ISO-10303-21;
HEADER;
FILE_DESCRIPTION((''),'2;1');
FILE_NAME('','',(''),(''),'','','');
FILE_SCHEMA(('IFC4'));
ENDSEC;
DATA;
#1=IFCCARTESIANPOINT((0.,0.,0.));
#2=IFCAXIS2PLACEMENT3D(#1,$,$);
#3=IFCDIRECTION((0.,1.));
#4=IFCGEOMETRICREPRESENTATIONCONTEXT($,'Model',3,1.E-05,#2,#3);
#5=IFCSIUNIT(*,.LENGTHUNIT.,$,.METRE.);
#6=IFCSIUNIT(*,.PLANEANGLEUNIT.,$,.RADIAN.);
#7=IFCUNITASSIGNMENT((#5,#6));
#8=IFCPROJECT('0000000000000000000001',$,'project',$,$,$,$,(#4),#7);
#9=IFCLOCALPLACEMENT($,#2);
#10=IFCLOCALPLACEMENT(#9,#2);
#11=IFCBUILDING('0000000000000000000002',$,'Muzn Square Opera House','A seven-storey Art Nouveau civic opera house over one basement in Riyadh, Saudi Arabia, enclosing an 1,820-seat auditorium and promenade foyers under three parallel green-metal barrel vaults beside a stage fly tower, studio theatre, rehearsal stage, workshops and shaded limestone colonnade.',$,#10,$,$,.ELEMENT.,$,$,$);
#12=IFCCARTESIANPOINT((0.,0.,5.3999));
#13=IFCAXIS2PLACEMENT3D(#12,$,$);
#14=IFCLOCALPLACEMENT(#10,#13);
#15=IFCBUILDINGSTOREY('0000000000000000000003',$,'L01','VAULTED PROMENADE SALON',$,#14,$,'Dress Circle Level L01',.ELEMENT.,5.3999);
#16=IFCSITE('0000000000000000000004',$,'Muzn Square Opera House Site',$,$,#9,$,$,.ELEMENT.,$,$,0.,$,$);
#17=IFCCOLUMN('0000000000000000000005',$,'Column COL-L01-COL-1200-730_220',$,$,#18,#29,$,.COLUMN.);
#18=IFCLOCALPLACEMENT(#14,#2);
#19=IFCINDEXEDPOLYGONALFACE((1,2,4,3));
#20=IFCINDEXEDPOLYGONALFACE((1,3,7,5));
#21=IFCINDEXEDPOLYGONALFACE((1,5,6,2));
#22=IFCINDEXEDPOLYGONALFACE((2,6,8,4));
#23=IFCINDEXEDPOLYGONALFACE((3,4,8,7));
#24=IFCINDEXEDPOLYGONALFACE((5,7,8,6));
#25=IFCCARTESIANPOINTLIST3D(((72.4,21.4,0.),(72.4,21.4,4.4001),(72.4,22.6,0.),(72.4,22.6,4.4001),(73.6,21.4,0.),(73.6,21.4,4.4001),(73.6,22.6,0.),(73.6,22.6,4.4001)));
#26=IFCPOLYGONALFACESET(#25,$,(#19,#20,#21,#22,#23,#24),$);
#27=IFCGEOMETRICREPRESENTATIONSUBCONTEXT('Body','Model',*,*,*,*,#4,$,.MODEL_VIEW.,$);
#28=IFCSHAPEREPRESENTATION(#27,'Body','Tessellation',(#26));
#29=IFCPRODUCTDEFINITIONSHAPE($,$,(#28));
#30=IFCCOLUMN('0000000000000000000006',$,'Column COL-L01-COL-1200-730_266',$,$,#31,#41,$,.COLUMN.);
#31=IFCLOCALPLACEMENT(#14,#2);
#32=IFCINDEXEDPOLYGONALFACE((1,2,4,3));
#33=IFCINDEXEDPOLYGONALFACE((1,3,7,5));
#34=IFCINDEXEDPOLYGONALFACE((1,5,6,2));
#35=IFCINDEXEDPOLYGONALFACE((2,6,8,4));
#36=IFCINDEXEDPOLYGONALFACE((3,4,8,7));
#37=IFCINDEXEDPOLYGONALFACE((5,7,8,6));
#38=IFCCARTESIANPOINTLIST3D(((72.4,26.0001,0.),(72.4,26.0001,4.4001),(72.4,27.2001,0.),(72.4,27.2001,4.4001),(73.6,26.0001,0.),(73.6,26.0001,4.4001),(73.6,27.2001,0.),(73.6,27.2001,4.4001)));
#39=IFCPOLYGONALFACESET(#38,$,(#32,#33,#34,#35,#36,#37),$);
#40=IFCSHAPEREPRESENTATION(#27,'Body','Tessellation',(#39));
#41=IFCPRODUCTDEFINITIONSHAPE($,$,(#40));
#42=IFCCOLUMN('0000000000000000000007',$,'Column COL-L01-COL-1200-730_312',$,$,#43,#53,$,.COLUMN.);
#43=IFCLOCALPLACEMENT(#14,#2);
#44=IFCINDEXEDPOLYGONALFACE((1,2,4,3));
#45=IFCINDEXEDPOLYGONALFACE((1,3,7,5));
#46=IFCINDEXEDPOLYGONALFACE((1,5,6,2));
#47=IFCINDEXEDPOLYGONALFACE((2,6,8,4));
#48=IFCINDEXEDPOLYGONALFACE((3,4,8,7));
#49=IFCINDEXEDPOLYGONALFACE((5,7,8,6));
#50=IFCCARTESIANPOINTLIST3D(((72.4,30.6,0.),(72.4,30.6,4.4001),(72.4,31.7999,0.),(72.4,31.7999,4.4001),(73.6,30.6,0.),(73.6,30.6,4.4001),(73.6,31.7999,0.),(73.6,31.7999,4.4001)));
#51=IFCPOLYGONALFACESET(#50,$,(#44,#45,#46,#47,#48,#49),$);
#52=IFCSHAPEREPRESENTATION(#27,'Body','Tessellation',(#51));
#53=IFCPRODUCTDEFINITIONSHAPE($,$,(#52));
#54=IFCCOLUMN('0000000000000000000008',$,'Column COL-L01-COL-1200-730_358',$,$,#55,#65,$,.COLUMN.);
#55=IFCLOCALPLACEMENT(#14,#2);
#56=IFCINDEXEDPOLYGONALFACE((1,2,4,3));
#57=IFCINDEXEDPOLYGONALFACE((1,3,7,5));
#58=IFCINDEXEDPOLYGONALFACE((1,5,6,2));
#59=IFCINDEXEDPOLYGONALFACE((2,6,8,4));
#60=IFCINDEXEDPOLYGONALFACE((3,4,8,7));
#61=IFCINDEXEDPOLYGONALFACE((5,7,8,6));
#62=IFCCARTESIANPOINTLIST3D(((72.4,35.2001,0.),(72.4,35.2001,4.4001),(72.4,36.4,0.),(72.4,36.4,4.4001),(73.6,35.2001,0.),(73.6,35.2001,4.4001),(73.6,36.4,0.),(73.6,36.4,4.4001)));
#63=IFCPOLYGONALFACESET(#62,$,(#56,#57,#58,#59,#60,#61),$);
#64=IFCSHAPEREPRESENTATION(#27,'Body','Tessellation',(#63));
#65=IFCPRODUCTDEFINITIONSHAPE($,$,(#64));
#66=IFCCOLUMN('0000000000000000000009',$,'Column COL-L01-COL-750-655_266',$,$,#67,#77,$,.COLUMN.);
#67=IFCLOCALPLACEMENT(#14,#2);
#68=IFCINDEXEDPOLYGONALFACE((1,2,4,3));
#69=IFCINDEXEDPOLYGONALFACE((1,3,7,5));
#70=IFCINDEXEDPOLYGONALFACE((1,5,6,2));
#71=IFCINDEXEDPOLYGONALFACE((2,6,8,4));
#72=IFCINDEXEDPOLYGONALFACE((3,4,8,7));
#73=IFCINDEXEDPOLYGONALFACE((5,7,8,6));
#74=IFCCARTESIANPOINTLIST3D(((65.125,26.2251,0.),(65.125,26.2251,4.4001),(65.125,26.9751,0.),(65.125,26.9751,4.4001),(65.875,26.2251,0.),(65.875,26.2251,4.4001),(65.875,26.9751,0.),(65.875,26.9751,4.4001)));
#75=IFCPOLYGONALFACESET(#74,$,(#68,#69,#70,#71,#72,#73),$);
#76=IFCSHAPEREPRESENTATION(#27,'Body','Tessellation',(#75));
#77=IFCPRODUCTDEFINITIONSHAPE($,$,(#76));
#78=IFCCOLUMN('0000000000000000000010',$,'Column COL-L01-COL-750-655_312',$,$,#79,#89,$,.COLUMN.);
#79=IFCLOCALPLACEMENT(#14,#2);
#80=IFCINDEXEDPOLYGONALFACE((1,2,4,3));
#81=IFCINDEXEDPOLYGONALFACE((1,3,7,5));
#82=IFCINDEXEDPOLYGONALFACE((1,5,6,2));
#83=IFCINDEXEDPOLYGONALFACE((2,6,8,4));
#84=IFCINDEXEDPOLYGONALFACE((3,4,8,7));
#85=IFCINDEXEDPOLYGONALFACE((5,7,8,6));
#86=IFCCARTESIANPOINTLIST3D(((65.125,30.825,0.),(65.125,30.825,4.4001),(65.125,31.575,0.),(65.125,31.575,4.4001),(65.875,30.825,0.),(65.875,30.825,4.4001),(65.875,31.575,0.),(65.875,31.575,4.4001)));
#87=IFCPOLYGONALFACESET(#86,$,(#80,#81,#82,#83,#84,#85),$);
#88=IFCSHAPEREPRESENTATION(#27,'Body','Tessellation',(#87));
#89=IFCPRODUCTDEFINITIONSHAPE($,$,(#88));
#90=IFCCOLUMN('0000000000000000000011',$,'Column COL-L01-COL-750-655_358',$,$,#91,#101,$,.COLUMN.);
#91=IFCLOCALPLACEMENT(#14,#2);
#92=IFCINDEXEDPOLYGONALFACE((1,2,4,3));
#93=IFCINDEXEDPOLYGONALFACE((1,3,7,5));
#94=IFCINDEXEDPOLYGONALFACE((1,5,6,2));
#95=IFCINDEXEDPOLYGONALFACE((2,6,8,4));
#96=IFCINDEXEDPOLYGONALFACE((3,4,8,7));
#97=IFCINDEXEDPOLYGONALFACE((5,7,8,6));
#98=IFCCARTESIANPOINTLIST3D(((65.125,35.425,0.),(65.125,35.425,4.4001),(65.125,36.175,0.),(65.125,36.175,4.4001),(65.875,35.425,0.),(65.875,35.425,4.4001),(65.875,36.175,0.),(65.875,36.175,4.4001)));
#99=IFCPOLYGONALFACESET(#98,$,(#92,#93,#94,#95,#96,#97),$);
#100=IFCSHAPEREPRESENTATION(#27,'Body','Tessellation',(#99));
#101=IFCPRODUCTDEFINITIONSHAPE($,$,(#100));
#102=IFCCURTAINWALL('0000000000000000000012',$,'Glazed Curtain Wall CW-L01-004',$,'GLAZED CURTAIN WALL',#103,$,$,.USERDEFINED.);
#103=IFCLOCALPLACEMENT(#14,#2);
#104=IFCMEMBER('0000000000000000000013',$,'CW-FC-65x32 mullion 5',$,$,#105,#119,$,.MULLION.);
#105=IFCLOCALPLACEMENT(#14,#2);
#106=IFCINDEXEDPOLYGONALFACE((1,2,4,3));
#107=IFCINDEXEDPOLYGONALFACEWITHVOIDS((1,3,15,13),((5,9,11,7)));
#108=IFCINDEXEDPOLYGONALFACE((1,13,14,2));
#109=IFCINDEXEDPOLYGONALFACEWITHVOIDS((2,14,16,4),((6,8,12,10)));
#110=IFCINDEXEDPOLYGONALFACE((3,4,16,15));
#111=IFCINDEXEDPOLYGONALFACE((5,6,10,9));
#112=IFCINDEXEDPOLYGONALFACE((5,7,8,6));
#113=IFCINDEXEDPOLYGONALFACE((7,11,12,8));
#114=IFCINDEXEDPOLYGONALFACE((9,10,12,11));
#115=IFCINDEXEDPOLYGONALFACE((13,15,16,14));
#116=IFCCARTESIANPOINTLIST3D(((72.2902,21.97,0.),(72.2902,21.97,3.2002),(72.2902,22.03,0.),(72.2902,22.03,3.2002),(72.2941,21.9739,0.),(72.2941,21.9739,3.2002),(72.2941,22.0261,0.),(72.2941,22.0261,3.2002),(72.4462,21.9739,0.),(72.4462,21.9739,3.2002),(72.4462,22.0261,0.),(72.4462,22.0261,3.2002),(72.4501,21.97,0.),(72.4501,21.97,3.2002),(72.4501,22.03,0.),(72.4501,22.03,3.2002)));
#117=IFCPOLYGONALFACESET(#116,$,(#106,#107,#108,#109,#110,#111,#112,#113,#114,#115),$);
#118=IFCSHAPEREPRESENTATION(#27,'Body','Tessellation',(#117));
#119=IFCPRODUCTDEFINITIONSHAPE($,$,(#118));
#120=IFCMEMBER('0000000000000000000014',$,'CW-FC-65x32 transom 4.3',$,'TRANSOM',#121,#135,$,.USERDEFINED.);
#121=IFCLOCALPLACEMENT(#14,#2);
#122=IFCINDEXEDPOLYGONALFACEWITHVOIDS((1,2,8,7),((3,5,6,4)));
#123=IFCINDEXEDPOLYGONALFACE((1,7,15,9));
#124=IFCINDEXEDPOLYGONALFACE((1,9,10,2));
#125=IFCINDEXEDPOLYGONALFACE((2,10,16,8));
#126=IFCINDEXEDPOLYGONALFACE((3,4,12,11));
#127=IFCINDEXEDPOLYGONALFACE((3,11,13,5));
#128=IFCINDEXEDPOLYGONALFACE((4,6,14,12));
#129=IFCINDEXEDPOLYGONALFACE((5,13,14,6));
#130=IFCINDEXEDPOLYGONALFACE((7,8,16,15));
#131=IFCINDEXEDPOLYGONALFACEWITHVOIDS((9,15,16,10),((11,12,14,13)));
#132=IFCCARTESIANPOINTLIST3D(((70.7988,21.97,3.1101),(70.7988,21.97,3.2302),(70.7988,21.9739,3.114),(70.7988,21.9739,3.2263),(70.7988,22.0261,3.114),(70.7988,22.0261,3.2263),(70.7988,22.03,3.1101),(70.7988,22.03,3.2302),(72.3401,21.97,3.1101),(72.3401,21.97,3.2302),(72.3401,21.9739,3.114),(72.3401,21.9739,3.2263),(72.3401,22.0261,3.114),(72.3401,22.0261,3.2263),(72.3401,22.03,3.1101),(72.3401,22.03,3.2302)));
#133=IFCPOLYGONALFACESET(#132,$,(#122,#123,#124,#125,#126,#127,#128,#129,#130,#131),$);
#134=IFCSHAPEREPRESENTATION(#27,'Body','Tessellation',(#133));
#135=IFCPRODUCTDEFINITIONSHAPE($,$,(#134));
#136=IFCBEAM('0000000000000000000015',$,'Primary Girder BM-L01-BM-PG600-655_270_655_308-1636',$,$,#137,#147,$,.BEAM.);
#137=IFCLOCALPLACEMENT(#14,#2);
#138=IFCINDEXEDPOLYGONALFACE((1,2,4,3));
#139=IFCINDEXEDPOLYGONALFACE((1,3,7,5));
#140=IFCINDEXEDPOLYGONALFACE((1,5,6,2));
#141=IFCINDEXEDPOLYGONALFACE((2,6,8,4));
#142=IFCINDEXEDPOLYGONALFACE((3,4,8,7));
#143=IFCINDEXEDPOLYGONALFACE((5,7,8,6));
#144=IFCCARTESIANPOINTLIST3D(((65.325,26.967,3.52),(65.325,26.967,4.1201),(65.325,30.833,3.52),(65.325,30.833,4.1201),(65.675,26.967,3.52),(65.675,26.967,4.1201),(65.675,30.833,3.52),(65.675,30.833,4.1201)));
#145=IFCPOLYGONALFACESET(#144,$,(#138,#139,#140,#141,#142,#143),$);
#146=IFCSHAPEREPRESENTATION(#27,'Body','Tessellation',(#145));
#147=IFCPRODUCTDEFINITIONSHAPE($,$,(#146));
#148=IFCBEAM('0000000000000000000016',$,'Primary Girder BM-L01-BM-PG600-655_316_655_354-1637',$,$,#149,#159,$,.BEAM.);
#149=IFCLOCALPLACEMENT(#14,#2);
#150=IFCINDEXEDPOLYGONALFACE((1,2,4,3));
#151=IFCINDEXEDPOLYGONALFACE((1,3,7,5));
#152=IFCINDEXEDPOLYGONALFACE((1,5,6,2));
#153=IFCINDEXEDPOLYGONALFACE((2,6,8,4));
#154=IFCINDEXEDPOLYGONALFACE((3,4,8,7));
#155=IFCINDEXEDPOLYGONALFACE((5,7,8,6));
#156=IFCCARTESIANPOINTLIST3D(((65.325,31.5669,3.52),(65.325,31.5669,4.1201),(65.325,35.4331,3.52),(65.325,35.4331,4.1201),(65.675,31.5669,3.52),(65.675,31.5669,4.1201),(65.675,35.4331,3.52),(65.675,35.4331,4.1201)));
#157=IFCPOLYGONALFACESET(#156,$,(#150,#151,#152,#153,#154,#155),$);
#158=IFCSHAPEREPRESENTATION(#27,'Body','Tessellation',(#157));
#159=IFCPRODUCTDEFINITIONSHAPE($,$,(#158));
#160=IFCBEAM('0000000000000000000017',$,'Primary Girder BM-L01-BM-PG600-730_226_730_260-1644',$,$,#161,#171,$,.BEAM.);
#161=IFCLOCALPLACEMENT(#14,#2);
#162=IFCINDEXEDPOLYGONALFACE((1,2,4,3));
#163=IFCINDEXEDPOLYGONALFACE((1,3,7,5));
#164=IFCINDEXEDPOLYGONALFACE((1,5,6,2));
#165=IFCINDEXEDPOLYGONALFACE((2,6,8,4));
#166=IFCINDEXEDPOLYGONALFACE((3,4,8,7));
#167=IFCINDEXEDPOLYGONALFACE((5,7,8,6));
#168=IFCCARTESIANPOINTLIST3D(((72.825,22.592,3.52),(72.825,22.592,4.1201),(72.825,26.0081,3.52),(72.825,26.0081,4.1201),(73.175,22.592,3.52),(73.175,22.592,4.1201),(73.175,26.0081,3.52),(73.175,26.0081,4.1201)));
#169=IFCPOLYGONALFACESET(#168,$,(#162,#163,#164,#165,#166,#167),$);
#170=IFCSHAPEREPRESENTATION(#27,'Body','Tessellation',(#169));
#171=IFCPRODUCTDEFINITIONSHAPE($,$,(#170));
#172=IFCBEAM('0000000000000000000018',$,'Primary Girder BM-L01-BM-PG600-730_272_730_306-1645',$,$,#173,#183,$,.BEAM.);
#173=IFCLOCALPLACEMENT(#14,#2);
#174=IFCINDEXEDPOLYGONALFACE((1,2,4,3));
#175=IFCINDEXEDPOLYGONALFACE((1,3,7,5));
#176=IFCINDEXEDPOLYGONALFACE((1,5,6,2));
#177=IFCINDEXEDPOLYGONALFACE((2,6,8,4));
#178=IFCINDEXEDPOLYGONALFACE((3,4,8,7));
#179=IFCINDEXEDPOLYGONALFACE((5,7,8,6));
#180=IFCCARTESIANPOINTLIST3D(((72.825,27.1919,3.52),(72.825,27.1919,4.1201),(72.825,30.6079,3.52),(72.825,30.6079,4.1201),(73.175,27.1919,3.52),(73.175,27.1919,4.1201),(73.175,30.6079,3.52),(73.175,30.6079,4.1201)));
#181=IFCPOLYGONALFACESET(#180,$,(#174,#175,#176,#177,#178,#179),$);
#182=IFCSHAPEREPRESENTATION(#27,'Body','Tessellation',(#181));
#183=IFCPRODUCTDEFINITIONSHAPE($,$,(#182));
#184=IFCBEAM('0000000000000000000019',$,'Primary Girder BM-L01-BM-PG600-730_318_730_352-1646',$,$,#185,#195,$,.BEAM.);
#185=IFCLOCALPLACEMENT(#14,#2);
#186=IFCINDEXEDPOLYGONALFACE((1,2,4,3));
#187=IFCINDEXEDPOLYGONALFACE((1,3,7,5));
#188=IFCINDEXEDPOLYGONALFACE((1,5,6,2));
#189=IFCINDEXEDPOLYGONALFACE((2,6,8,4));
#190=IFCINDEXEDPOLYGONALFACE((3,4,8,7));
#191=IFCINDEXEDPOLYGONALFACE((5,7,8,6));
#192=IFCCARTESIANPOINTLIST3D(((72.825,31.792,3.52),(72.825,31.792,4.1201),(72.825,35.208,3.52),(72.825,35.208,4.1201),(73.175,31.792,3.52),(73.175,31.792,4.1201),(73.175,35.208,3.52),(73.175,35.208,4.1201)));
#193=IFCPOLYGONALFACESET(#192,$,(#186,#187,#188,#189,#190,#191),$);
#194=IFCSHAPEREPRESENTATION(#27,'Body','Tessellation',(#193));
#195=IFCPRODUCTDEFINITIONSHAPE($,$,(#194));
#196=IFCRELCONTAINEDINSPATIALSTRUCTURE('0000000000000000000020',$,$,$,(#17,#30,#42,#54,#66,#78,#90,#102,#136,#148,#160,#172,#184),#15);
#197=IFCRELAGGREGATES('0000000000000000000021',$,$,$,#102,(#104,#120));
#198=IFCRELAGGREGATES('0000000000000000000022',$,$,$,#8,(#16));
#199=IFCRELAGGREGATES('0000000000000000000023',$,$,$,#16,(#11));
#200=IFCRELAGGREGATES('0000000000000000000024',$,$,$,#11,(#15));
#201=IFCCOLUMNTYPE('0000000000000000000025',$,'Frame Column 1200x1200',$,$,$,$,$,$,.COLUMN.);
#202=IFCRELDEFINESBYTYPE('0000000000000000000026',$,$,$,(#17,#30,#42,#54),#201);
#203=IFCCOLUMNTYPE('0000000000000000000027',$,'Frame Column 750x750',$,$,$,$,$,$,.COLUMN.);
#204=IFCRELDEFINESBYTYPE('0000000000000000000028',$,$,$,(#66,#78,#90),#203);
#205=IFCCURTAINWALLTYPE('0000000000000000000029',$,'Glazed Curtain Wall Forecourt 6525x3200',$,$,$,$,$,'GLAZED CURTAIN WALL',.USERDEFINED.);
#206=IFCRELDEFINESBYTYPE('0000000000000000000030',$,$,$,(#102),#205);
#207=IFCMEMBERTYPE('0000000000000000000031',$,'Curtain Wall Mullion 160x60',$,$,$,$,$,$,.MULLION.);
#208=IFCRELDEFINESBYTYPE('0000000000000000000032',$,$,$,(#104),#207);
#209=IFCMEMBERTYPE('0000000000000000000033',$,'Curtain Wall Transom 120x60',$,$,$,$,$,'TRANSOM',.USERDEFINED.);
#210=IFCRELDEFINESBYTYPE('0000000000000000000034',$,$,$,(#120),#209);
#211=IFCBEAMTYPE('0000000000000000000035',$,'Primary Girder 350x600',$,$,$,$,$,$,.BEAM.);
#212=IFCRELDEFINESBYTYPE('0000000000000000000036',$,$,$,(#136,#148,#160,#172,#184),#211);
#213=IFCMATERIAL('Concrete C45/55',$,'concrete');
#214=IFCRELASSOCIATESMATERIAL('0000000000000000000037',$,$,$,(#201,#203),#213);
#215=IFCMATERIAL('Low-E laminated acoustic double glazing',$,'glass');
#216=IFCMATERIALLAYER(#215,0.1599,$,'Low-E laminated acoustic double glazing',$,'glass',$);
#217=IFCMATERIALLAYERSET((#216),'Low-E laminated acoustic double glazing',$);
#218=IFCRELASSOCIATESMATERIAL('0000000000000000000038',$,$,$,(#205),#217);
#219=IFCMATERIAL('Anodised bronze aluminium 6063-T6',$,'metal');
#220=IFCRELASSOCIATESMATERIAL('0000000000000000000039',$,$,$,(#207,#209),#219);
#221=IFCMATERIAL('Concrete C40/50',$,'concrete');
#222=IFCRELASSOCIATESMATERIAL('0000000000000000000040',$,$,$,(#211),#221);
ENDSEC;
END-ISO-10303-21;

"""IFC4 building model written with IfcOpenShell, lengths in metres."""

from ifc_helpers import new_model, si_unit, direction, frame, origin, origin_2d, place, context, subcontext, project, spatial, rectangle, hollow_rectangle, extrude, material, layer, layer_set, material_profile, profile_set, type_object, element, aggregate, save


model = new_model("IFC4")

# Units and contexts
model_context = context("Model", 3, precision=1e-05, world=origin(), true_north=direction((0.0, 1.0)))
body_context = subcontext(model_context, "Body", "Model", "MODEL_VIEW")
ifc_project = project(units=[si_unit("LENGTHUNIT", "METRE"), si_unit("PLANEANGLEUNIT", "RADIAN")], contexts=[model_context])

# Site, building, storey
site_placement = place(None, origin())
site = spatial("IfcSite", under=ifc_project, at=site_placement, Name="Muzn Square Opera House Site", CompositionType="ELEMENT", RefElevation=0.0)
building_placement = place(site_placement, origin())
building = spatial("IfcBuilding", under=site, at=building_placement, Name="Muzn Square Opera House", Description="A seven-storey Art Nouveau civic opera house over one basement in Riyadh, Saudi Arabia, enclosing an 1,820-seat auditorium and promenade foyers under three parallel green-metal barrel vaults beside a stage fly tower, studio theatre, rehearsal stage, workshops and shaded limestone colonnade.", CompositionType="ELEMENT")
storey_placement = place(building_placement, frame((0.0, 0.0, 5.3999)))
storey = spatial("IfcBuildingStorey", under=building, at=storey_placement, Name="L01", Description="VAULTED PROMENADE SALON", LongName="Dress Circle Level L01", CompositionType="ELEMENT", Elevation=5.3999)

# Columns
ifc_material_1 = material(Name="Concrete C45/55", Category="concrete")
ifc_material_profile_1 = material_profile(ifc_material_1, rectangle(XDim=1.2, YDim=1.2, at=origin_2d()), Name="RC 1200x1200", Category="concrete")
ifc_profile_set_1 = profile_set([ifc_material_profile_1], Name="Concrete C45/55")
column_type_1 = type_object("IfcColumnType", Name="Frame Column 1200x1200", PredefinedType="COLUMN", material=ifc_profile_set_1)
for number, where, z_axis, x_axis, name in (
    (1, (73.0, 22.0, 0.0), (0.0, 0.0, 1.0), (1.0, 0.0, 0.0), "Column COL-L01-COL-1200-730_220"),
    (2, (73.0, 26.6001, 0.0), (0.0, 0.0, 1.0), (1.0, 0.0, 0.0), "Column COL-L01-COL-1200-730_266"),
    (3, (73.0, 31.2, 0.0), (0.0, 0.0, 1.0), (1.0, 0.0, 0.0), "Column COL-L01-COL-1200-730_312"),
    (4, (73.0, 35.8, 0.0), (0.0, 0.0, 1.0), (1.0, 0.0, 0.0), "Column COL-L01-COL-1200-730_358"),
):
    element("IfcColumn", number, at=place(storey_placement, frame(where, z_axis=z_axis, x_axis=x_axis)), inside=storey, type_object=column_type_1, Name=name, PredefinedType="COLUMN", context=body_context, shape_type="SweptSolid", body=[
        extrude(rectangle(XDim=1.2, YDim=1.2, at=origin_2d()), origin(), (0.0, 0.0, 1.0), 4.4001),
    ])
ifc_material_profile_2 = material_profile(ifc_material_1, rectangle(XDim=0.75, YDim=0.75, at=origin_2d()), Name="RC 750x750", Category="concrete")
ifc_profile_set_2 = profile_set([ifc_material_profile_2], Name="Concrete C45/55")
column_type_2 = type_object("IfcColumnType", Name="Frame Column 750x750", PredefinedType="COLUMN", material=ifc_profile_set_2)
for number, where, z_axis, x_axis, name in (
    (5, (65.5, 26.6001, 0.0), (0.0, 0.0, 1.0), (1.0, 0.0, 0.0), "Column COL-L01-COL-750-655_266"),
    (6, (65.5, 31.2, 0.0), (0.0, 0.0, 1.0), (1.0, 0.0, 0.0), "Column COL-L01-COL-750-655_312"),
    (7, (65.5, 35.8, 0.0), (0.0, 0.0, 1.0), (1.0, 0.0, 0.0), "Column COL-L01-COL-750-655_358"),
):
    element("IfcColumn", number, at=place(storey_placement, frame(where, z_axis=z_axis, x_axis=x_axis)), inside=storey, type_object=column_type_2, Name=name, PredefinedType="COLUMN", context=body_context, shape_type="SweptSolid", body=[
        extrude(rectangle(XDim=0.75, YDim=0.75, at=origin_2d()), origin(), (0.0, 0.0, 1.0), 4.4001),
    ])

# Curtain wall, members
ifc_material_2 = material(Name="Low-E laminated acoustic double glazing", Category="glass")
ifc_layer_1 = layer(ifc_material_2, 0.1599, Name="Low-E laminated acoustic double glazing", Category="glass")
ifc_layer_set_1 = layer_set([ifc_layer_1], Name="Low-E laminated acoustic double glazing")
curtain_wall_type = type_object("IfcCurtainWallType", Name="Glazed Curtain Wall Forecourt 6525x3200", ElementType="GLAZED CURTAIN WALL", PredefinedType="USERDEFINED", material=ifc_layer_set_1)
curtain_wall_placement = place(storey_placement, origin())
curtain_wall = element("IfcCurtainWall", 8, at=curtain_wall_placement, inside=storey, type_object=curtain_wall_type, Name="Glazed Curtain Wall CW-L01-004", ObjectType="GLAZED CURTAIN WALL", PredefinedType="USERDEFINED")
ifc_material_3 = material(Name="Anodised bronze aluminium 6063-T6", Category="metal")
ifc_material_profile_3 = material_profile(ifc_material_3, hollow_rectangle(XDim=0.0601, YDim=0.1599, WallThickness=0.0039, at=origin_2d()), Name="ALU 160x60x4", Category="metal")
ifc_profile_set_3 = profile_set([ifc_material_profile_3], Name="Anodised bronze aluminium 6063-T6")
member_type_1 = type_object("IfcMemberType", Name="Curtain Wall Mullion 160x60", PredefinedType="MULLION", material=ifc_profile_set_3)
member_1_placement = place(storey_placement, frame((72.3701, 22.0, 0.0), z_axis=(0.0, 0.0, 1.0), x_axis=(0.0, 1.0, 0.0)))
member_1 = element("IfcMember", 9, at=member_1_placement, type_object=member_type_1, Name="CW-FC-65x32 mullion 5", PredefinedType="MULLION", context=body_context, shape_type="SweptSolid", body=[
    extrude(hollow_rectangle(XDim=0.0601, YDim=0.1599, WallThickness=0.0039, at=origin_2d()), origin(), (0.0, 0.0, 1.0), 3.2002),
])
ifc_material_profile_4 = material_profile(ifc_material_3, hollow_rectangle(XDim=0.0601, YDim=0.1201, WallThickness=0.0039, at=origin_2d()), Name="ALU 120x60x4", Category="metal")
ifc_profile_set_4 = profile_set([ifc_material_profile_4], Name="Anodised bronze aluminium 6063-T6")
member_type_2 = type_object("IfcMemberType", Name="Curtain Wall Transom 120x60", ElementType="TRANSOM", PredefinedType="USERDEFINED", material=ifc_profile_set_4)
member_2_placement = place(storey_placement, frame((70.7988, 22.0, 3.1702), z_axis=(1.0, 0.0, 0.0), x_axis=(0.0, 1.0, 0.0)))
member_2 = element("IfcMember", 10, at=member_2_placement, type_object=member_type_2, Name="CW-FC-65x32 transom 4.3", ObjectType="TRANSOM", PredefinedType="USERDEFINED", context=body_context, shape_type="SweptSolid", body=[
    extrude(hollow_rectangle(XDim=0.0601, YDim=0.1201, WallThickness=0.0039, at=origin_2d()), origin(), (0.0, 0.0, 1.0), 1.5413),
])

# Beams
ifc_material_4 = material(Name="Concrete C40/50", Category="concrete")
ifc_material_profile_5 = material_profile(ifc_material_4, rectangle(XDim=0.3501, YDim=0.6001, at=origin_2d()), Name="RCB 350x600", Category="concrete")
ifc_profile_set_5 = profile_set([ifc_material_profile_5], Name="Concrete C40/50")
beam_type_1 = type_object("IfcBeamType", Name="Primary Girder 350x600", PredefinedType="BEAM", material=ifc_profile_set_5)
beam_1_placement = place(storey_placement, frame((65.5, 26.967, 3.8201), z_axis=(0.0, 1.0, 0.0), x_axis=(-1.0, 0.0, 0.0)))
element("IfcBeam", 11, at=beam_1_placement, inside=storey, type_object=beam_type_1, Name="Primary Girder BM-L01-BM-PG600-655_270_655_308-1636", PredefinedType="BEAM", context=body_context, shape_type="SweptSolid", body=[
    extrude(rectangle(XDim=0.3501, YDim=0.6001, at=origin_2d()), origin(), (0.0, 0.0, 1.0), 3.866),
])
beam_2_placement = place(storey_placement, frame((65.5, 31.5669, 3.8201), z_axis=(0.0, 1.0, 0.0), x_axis=(-1.0, 0.0, 0.0)))
element("IfcBeam", 12, at=beam_2_placement, inside=storey, type_object=beam_type_1, Name="Primary Girder BM-L01-BM-PG600-655_316_655_354-1637", PredefinedType="BEAM", context=body_context, shape_type="SweptSolid", body=[
    extrude(rectangle(XDim=0.3501, YDim=0.6001, at=origin_2d()), origin(), (0.0, 0.0, 1.0), 3.8662),
])
for number, where, z_axis, x_axis, name in (
    (13, (73.0, 22.592, 3.8201), (0.0, 1.0, 0.0), (-1.0, 0.0, 0.0), "Primary Girder BM-L01-BM-PG600-730_226_730_260-1644"),
    (14, (73.0, 27.1919, 3.8201), (0.0, 1.0, 0.0), (-1.0, 0.0, 0.0), "Primary Girder BM-L01-BM-PG600-730_272_730_306-1645"),
    (15, (73.0, 31.792, 3.8201), (0.0, 1.0, 0.0), (-1.0, 0.0, 0.0), "Primary Girder BM-L01-BM-PG600-730_318_730_352-1646"),
):
    element("IfcBeam", number, at=place(storey_placement, frame(where, z_axis=z_axis, x_axis=x_axis)), inside=storey, type_object=beam_type_1, Name=name, PredefinedType="BEAM", context=body_context, shape_type="SweptSolid", body=[
        extrude(rectangle(XDim=0.3501, YDim=0.6001, at=origin_2d()), origin(), (0.0, 0.0, 1.0), 3.416),
    ])

aggregate(curtain_wall, [member_1, member_2])

save(model, "model.ifc")
